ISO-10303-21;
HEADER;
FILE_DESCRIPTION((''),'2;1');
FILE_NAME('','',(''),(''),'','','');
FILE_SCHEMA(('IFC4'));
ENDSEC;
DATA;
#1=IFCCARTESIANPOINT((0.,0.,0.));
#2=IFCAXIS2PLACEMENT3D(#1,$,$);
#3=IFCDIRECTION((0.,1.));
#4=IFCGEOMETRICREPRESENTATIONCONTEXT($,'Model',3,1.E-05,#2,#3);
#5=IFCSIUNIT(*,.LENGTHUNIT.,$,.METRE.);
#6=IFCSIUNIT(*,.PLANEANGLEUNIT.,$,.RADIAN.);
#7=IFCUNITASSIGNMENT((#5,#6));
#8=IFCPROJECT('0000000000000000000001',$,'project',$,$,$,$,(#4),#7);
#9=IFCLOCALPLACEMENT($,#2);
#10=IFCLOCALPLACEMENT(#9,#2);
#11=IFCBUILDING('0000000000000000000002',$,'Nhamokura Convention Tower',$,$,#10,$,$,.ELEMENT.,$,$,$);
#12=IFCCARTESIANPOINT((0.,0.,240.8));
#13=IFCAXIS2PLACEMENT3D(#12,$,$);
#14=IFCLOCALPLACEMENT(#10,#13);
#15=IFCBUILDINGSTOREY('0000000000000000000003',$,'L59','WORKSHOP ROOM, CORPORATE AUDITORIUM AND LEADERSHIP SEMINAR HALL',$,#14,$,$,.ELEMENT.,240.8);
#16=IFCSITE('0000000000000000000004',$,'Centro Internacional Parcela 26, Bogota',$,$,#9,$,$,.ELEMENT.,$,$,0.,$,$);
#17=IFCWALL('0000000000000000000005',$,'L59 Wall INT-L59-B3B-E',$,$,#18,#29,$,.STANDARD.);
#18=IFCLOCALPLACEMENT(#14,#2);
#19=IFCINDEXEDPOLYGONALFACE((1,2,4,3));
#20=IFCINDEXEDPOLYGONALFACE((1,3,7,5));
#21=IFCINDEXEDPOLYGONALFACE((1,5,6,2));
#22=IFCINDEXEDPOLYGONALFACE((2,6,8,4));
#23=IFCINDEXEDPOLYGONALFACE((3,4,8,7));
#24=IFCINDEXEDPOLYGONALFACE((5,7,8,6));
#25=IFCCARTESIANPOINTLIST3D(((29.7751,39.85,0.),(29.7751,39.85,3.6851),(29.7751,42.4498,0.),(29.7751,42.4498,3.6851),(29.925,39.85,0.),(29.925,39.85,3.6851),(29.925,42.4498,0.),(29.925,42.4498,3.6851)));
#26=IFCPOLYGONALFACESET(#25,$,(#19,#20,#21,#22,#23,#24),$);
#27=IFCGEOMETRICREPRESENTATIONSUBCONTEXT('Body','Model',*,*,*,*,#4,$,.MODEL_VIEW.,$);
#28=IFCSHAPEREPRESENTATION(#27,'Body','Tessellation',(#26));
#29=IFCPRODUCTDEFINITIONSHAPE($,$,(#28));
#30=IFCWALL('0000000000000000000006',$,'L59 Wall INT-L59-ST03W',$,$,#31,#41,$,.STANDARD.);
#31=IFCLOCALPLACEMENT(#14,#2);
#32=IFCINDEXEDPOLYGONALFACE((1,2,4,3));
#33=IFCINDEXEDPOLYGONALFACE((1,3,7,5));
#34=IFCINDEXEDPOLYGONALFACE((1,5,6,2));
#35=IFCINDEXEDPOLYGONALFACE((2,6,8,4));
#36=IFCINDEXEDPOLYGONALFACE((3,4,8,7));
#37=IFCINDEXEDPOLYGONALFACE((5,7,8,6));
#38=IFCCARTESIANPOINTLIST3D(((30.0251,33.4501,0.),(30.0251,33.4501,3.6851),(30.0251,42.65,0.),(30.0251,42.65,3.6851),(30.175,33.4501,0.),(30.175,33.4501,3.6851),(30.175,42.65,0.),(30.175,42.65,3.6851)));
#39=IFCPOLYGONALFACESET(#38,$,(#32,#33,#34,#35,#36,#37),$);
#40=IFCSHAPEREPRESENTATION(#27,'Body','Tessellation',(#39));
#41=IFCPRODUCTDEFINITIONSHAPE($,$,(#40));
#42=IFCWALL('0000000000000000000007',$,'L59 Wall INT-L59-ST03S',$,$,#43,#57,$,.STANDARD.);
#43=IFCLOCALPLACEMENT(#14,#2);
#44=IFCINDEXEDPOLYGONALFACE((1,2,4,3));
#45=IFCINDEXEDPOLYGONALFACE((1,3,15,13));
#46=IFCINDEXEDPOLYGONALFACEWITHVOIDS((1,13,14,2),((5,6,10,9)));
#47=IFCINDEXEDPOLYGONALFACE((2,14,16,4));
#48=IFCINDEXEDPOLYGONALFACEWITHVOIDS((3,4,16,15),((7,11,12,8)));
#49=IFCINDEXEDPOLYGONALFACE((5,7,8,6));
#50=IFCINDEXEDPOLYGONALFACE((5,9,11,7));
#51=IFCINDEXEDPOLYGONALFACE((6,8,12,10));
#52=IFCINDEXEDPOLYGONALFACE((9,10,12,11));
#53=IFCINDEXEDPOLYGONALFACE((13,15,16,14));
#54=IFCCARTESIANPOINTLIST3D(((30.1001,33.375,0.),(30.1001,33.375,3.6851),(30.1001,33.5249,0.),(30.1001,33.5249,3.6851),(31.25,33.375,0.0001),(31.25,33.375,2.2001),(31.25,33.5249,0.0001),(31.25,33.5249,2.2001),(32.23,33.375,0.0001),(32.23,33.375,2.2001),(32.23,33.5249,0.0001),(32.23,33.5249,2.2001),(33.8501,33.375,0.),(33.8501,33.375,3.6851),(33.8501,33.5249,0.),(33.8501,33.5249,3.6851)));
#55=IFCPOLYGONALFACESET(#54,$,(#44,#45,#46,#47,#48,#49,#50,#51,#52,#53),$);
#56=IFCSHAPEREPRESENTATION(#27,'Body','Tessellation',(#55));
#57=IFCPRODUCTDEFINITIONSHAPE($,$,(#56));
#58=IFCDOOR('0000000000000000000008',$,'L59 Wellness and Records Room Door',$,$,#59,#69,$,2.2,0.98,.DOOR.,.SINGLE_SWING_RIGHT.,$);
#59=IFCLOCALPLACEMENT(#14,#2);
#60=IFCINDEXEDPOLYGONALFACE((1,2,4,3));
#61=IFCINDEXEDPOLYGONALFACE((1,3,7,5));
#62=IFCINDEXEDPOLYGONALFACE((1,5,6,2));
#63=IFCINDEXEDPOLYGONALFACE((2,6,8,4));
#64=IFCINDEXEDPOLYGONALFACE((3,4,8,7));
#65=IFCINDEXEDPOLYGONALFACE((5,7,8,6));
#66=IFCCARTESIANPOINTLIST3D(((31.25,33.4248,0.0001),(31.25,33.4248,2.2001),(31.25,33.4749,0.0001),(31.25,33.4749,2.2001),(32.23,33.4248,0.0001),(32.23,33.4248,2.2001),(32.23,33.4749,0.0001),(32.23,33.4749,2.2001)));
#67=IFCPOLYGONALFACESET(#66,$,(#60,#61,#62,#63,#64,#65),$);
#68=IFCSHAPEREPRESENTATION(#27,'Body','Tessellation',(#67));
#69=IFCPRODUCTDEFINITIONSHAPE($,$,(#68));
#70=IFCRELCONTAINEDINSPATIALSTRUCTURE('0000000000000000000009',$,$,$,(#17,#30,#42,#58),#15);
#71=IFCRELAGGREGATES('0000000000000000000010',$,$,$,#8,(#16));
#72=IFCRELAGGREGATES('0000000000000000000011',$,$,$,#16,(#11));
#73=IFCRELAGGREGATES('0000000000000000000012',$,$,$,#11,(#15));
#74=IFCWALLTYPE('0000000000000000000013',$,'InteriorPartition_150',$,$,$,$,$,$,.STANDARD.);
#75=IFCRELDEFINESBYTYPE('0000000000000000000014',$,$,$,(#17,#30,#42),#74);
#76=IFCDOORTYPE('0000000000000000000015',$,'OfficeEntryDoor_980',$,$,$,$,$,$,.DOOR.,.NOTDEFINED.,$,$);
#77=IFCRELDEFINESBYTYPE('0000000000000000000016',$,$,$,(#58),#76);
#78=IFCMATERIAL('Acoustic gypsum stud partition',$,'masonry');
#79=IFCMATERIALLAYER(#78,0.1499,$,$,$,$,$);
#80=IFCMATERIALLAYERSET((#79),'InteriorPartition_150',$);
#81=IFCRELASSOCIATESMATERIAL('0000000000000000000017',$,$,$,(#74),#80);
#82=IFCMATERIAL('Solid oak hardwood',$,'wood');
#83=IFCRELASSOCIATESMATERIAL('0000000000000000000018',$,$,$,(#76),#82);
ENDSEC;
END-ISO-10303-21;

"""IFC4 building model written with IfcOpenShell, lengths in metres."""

from ifc_helpers import new_model, si_unit, direction, frame, frame_2d, origin, place, context, subcontext, project, spatial, rectangle, extrude, material, layer, layer_set, type_object, element, fill, save


model = new_model("IFC4")

# Units and contexts
model_context = context("Model", 3, precision=1e-05, world=origin(), true_north=direction((0.0, 1.0)))
body_context = subcontext(model_context, "Body", "Model", "MODEL_VIEW")
ifc_project = project(units=[si_unit("LENGTHUNIT", "METRE"), si_unit("PLANEANGLEUNIT", "RADIAN")], contexts=[model_context])

# Site, building, storey
site_placement = place(None, origin())
site = spatial("IfcSite", under=ifc_project, at=site_placement, Name="Centro Internacional Parcela 26, Bogota", CompositionType="ELEMENT", RefElevation=0.0)
building_placement = place(site_placement, origin())
building = spatial("IfcBuilding", under=site, at=building_placement, Name="Nhamokura Convention Tower", CompositionType="ELEMENT")
storey_placement = place(building_placement, frame((0.0, 0.0, 240.8)))
storey = spatial("IfcBuildingStorey", under=building, at=storey_placement, Name="L59", Description="WORKSHOP ROOM, CORPORATE AUDITORIUM AND LEADERSHIP SEMINAR HALL", CompositionType="ELEMENT", Elevation=240.8)

# Walls
ifc_material_1 = material(Name="Acoustic gypsum stud partition", Category="masonry")
ifc_layer_1 = layer(ifc_material_1, 0.1499)
ifc_layer_set_1 = layer_set([ifc_layer_1], Name="InteriorPartition_150")
wall_type_1 = type_object("IfcWallType", Name="InteriorPartition_150", PredefinedType="STANDARD", material=ifc_layer_set_1)
wall_1_placement = place(storey_placement, frame((29.8501, 39.8501, 0.0), z_axis=(0.0, 0.0, 1.0), x_axis=(0.0, 1.0, 0.0)))
element("IfcWall", 1, at=wall_1_placement, inside=storey, type_object=wall_type_1, Name="L59 Wall INT-L59-B3B-E", PredefinedType="STANDARD", context=body_context, shape_type="SweptSolid", body=[
    extrude(rectangle(XDim=2.5999, YDim=0.1499, at=frame_2d((1.2998, 0.0))), origin(), (0.0, 0.0, 1.0), 3.6851),
])
wall_2_placement = place(storey_placement, frame((30.1001, 33.45, 0.0), z_axis=(0.0, 0.0, 1.0), x_axis=(0.0, 1.0, 0.0)))
element("IfcWall", 2, at=wall_2_placement, inside=storey, type_object=wall_type_1, Name="L59 Wall INT-L59-ST03W", PredefinedType="STANDARD", context=body_context, shape_type="SweptSolid", body=[
    extrude(rectangle(XDim=9.2, YDim=0.1499, at=frame_2d((4.6001, 0.0))), origin(), (0.0, 0.0, 1.0), 3.6851),
])

# Wall, opening, door
wall_3_placement = place(storey_placement, frame((30.1001, 33.45, 0.0), z_axis=(0.0, 0.0, 1.0), x_axis=(1.0, 0.0, 0.0)))
wall_3 = element("IfcWall", 3, at=wall_3_placement, inside=storey, type_object=wall_type_1, Name="L59 Wall INT-L59-ST03S", PredefinedType="STANDARD", context=body_context, shape_type="SweptSolid", body=[
    extrude(rectangle(XDim=3.75, YDim=0.1499, at=frame_2d((1.875, 0.0))), origin(), (0.0, 0.0, 1.0), 3.6851),
])
opening_1_placement = place(wall_3_placement, frame((1.1499, 0.0, 0.0)))
opening_1 = element("IfcOpeningElement", 4, at=opening_1_placement, cuts=wall_3, PredefinedType="OPENING", context=body_context, shape_type="SweptSolid", body=[
    extrude(rectangle(XDim=0.98, YDim=2.2, at=frame_2d((0.49, 1.1001))), frame((0.0, 0.085, 0.0), z_axis=(0.0, -1.0, 0.0), x_axis=(1.0, 0.0, 0.0)), (0.0, 0.0, 1.0), 0.1699),
])
ifc_material_2 = material(Name="Solid oak hardwood", Category="wood")
door_type_1 = type_object("IfcDoorType", Name="OfficeEntryDoor_980", OperationType="NOTDEFINED", PredefinedType="DOOR", material=ifc_material_2)
door_1_placement = place(opening_1_placement, origin())
door_1 = element("IfcDoor", 5, at=door_1_placement, inside=storey, type_object=door_type_1, Name="L59 Wellness and Records Room Door", OperationType="SINGLE_SWING_RIGHT", OverallHeight=2.2, OverallWidth=0.98, PredefinedType="DOOR", context=body_context, shape_type="SweptSolid", body=[
    extrude(rectangle(XDim=0.98, YDim=2.2, at=frame_2d((0.49, 1.1001))), frame((0.0, 0.0249, 0.0), z_axis=(0.0, -1.0, 0.0), x_axis=(1.0, 0.0, 0.0)), (0.0, 0.0, 1.0), 0.05),
])
fill(opening_1, door_1)

save(model, "model.ifc")
